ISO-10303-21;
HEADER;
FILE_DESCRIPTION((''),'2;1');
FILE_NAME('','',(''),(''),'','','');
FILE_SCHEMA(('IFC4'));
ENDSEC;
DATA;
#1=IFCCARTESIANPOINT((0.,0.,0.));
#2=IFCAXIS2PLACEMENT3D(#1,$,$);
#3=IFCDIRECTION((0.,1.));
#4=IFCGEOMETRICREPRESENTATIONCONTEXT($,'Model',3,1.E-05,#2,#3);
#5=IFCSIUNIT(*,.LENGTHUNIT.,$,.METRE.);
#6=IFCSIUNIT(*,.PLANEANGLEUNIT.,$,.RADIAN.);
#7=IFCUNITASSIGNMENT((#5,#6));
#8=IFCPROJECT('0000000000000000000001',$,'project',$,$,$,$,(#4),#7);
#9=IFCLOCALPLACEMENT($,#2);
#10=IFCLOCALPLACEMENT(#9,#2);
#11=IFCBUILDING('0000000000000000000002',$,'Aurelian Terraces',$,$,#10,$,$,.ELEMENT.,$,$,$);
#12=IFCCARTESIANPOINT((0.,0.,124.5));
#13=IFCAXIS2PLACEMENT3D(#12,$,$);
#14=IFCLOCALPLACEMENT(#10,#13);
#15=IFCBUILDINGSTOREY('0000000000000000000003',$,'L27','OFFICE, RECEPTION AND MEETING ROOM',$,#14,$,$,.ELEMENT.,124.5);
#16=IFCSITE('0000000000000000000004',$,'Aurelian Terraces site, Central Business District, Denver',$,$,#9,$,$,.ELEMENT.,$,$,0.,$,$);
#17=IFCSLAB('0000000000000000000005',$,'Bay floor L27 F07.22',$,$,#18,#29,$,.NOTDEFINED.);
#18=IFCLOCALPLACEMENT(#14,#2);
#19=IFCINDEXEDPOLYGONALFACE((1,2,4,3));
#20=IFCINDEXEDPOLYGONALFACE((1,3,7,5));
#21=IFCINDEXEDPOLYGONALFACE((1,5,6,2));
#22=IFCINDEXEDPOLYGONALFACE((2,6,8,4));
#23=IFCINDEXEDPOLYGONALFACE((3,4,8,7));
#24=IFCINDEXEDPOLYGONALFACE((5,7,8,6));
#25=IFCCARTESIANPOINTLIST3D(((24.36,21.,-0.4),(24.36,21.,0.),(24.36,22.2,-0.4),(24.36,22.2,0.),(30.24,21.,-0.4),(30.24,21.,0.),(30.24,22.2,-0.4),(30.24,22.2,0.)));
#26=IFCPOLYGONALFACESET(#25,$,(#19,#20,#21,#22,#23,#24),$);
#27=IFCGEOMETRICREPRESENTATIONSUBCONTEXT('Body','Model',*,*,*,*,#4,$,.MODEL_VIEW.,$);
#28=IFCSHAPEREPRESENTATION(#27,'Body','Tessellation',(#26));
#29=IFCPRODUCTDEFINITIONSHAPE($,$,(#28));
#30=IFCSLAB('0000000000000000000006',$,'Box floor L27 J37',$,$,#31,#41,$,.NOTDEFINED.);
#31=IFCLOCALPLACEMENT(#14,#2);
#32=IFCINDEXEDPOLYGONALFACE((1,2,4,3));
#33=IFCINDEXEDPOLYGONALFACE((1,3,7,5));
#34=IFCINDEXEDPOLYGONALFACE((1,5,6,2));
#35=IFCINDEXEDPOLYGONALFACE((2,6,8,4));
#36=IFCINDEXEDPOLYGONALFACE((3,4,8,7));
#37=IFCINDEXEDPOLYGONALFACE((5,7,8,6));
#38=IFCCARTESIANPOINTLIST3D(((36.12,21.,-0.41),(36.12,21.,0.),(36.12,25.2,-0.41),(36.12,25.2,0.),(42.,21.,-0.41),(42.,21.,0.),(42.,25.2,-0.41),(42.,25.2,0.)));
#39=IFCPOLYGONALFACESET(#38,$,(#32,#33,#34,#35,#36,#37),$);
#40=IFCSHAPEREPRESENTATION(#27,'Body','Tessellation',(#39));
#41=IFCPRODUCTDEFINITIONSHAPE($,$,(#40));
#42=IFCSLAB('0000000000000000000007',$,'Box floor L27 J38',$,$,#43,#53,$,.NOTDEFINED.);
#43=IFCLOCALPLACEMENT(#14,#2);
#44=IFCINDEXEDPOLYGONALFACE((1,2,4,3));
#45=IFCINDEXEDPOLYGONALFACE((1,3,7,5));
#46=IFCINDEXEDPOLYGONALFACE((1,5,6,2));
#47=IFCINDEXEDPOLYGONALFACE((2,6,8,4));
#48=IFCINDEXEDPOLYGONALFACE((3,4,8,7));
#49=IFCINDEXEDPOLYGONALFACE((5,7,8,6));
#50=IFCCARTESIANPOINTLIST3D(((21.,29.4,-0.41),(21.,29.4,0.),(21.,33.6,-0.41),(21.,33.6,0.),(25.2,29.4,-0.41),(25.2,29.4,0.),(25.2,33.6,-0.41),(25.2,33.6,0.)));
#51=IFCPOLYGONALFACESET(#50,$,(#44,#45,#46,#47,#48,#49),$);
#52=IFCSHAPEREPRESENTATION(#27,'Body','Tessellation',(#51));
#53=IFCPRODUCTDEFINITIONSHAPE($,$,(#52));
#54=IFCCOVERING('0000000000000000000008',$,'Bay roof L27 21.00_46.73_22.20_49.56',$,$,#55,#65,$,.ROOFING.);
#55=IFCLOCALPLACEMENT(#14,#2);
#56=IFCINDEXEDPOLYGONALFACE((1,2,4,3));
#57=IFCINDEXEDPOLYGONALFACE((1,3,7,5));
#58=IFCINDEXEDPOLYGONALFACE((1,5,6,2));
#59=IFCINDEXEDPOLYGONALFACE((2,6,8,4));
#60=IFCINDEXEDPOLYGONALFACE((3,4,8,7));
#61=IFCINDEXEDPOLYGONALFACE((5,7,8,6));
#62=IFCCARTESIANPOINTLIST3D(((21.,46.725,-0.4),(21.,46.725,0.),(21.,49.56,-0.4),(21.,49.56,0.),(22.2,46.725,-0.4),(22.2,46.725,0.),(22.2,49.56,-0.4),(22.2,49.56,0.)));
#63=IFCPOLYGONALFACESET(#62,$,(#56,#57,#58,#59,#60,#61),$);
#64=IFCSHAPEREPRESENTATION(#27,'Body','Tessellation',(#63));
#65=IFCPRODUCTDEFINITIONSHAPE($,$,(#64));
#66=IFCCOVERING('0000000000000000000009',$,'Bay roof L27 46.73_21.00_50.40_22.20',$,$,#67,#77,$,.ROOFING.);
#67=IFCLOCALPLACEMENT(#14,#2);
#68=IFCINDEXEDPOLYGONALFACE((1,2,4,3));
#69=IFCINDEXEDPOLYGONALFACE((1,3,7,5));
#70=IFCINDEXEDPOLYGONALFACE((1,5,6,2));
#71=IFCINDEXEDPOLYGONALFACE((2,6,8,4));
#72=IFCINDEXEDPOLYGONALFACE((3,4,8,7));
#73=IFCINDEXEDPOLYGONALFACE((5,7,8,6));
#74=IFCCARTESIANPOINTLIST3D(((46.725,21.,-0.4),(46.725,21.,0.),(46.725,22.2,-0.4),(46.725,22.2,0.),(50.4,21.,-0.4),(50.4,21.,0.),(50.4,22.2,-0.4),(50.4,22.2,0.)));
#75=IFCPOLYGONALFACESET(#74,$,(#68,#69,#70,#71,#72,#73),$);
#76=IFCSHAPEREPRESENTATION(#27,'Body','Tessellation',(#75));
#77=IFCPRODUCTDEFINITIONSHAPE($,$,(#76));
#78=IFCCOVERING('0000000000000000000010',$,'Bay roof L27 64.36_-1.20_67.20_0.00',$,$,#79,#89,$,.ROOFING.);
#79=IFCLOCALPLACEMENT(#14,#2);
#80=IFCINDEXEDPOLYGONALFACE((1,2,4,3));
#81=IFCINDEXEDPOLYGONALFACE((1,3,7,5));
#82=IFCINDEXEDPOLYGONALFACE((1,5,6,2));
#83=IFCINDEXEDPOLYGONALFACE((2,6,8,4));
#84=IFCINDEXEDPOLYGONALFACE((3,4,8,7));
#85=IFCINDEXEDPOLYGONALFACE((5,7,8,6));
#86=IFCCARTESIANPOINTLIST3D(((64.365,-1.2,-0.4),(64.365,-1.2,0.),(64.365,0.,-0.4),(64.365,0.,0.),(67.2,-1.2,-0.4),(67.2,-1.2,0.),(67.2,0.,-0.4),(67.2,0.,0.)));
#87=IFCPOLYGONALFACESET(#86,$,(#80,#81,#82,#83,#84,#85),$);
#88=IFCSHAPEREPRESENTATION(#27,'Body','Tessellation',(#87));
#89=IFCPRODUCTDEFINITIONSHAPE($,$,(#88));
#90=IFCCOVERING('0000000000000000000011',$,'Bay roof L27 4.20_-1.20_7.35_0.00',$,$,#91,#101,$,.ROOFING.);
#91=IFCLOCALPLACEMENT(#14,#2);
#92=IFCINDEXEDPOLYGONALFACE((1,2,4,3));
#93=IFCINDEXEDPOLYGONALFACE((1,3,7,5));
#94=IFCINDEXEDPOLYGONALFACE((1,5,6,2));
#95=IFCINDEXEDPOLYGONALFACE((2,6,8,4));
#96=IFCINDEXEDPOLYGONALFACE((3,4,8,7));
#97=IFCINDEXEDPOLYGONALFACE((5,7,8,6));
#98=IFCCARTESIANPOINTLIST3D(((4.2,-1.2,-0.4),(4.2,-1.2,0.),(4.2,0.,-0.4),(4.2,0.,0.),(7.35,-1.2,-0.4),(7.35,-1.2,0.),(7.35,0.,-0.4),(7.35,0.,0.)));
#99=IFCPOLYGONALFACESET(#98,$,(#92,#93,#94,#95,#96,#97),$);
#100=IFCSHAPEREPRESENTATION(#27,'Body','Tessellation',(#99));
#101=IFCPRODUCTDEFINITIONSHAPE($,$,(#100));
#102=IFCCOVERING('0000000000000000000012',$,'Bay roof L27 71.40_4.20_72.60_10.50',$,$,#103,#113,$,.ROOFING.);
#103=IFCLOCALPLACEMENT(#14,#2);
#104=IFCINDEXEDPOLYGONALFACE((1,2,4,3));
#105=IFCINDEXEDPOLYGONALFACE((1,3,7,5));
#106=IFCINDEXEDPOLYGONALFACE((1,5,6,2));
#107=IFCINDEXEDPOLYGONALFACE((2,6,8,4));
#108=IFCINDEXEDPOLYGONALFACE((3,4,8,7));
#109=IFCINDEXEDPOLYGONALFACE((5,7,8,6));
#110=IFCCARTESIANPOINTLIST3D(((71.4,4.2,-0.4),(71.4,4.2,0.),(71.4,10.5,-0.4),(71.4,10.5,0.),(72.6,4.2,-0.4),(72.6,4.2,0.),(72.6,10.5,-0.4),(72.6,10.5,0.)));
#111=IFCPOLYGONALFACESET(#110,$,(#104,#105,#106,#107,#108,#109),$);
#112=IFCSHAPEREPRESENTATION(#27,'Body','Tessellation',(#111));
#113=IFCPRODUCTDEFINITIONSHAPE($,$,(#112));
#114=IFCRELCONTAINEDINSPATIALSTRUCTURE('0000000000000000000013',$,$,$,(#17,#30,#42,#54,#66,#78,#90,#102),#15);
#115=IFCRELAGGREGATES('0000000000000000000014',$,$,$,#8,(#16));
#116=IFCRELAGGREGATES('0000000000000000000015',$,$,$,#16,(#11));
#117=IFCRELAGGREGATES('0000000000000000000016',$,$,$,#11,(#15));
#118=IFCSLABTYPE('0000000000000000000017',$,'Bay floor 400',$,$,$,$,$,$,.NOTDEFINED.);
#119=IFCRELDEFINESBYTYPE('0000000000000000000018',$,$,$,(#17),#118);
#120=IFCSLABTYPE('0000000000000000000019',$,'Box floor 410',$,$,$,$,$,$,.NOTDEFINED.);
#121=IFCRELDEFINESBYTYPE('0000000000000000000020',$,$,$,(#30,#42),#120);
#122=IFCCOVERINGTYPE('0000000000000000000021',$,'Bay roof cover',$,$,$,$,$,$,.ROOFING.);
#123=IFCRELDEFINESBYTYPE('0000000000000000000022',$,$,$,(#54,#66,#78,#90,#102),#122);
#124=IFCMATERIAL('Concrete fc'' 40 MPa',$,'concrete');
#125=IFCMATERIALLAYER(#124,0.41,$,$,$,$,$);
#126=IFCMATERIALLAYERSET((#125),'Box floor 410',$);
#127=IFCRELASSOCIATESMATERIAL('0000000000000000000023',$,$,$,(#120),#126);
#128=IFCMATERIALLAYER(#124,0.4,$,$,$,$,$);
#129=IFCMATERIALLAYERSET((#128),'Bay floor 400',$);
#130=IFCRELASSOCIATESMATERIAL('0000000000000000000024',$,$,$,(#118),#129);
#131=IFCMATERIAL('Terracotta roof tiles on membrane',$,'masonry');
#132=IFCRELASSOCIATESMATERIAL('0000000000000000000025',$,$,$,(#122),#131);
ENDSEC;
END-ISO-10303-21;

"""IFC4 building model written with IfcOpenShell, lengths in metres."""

from ifc_helpers import new_model, si_unit, direction, frame, origin, place, context, subcontext, project, spatial, polyline, outline, extrude, source, transform, mapped, material, layer, layer_set, type_object, element, save


model = new_model("IFC4")

# Units and contexts
model_context = context("Model", 3, precision=1e-05, world=origin(), true_north=direction((0.0, 1.0)))
body_context = subcontext(model_context, "Body", "Model", "MODEL_VIEW")
ifc_project = project(units=[si_unit("LENGTHUNIT", "METRE"), si_unit("PLANEANGLEUNIT", "RADIAN")], contexts=[model_context])

# Site, building, storey
site_placement = place(None, origin())
site = spatial("IfcSite", under=ifc_project, at=site_placement, Name="Aurelian Terraces site, Central Business District, Denver", CompositionType="ELEMENT", RefElevation=0.0)
building_placement = place(site_placement, origin())
building = spatial("IfcBuilding", under=site, at=building_placement, Name="Aurelian Terraces", CompositionType="ELEMENT")
storey_placement = place(building_placement, frame((0.0, 0.0, 124.5)))
storey = spatial("IfcBuildingStorey", under=building, at=storey_placement, Name="L27", Description="OFFICE, RECEPTION AND MEETING ROOM", CompositionType="ELEMENT", Elevation=124.5)

# Slabs
ifc_material_1 = material(Name="Concrete fc' 40 MPa", Category="concrete")
ifc_layer_1 = layer(ifc_material_1, 0.41)
ifc_layer_set_1 = layer_set([ifc_layer_1], Name="Box floor 410")
slab_type_1 = type_object("IfcSlabType", Name="Box floor 410", PredefinedType="NOTDEFINED", material=ifc_layer_set_1)
ifc_layer_2 = layer(ifc_material_1, 0.4)
ifc_layer_set_2 = layer_set([ifc_layer_2], Name="Bay floor 400")
slab_type_2 = type_object("IfcSlabType", Name="Bay floor 400", PredefinedType="NOTDEFINED", material=ifc_layer_set_2)
shared_shape_1 = source(origin(), body_context, "Body", "SweptSolid", [
    extrude(outline(polyline([(30.24, 21.0), (24.36, 21.0), (24.36, 22.2), (30.24, 22.2), (30.24, 21.0)])), origin(), (0.0, 0.0, 1.0), 0.4),
])
slab_1_placement = place(storey_placement, frame((0.0, 0.0, -0.4)))
element("IfcSlab", 1, at=slab_1_placement, inside=storey, type_object=slab_type_2, Name="Bay floor L27 F07.22", PredefinedType="NOTDEFINED", context=body_context, shape_type="MappedRepresentation", body=[
    mapped(shared_shape_1, transform((0.0, 0.0, 0.0), scale=1.0)),
])
shared_shape_2 = source(origin(), body_context, "Body", "SweptSolid", [
    extrude(outline(polyline([(42.0, 25.2), (36.12, 25.2), (36.12, 21.0), (42.0, 21.0), (42.0, 25.2)])), origin(), (0.0, 0.0, 1.0), 0.41),
])
slab_2_placement = place(storey_placement, frame((0.0, 0.0, -0.41)))
element("IfcSlab", 2, at=slab_2_placement, inside=storey, type_object=slab_type_1, Name="Box floor L27 J37", PredefinedType="NOTDEFINED", context=body_context, shape_type="MappedRepresentation", body=[
    mapped(shared_shape_2, transform((0.0, 0.0, 0.0), scale=1.0)),
])
shared_shape_3 = source(origin(), body_context, "Body", "SweptSolid", [
    extrude(outline(polyline([(25.2, 29.4), (25.2, 33.6), (21.0, 33.6), (21.0, 29.4), (25.2, 29.4)])), origin(), (0.0, 0.0, 1.0), 0.41),
])
slab_3_placement = place(storey_placement, frame((0.0, 0.0, -0.41)))
element("IfcSlab", 3, at=slab_3_placement, inside=storey, type_object=slab_type_1, Name="Box floor L27 J38", PredefinedType="NOTDEFINED", context=body_context, shape_type="MappedRepresentation", body=[
    mapped(shared_shape_3, transform((0.0, 0.0, 0.0), scale=1.0)),
])

# Coverings
ifc_material_2 = material(Name="Terracotta roof tiles on membrane", Category="masonry")
covering_type = type_object("IfcCoveringType", Name="Bay roof cover", PredefinedType="ROOFING", material=ifc_material_2)
covering_1_placement = place(storey_placement, frame((0.0, 0.0, -0.4)))
element("IfcCovering", 4, at=covering_1_placement, inside=storey, type_object=covering_type, Name="Bay roof L27 21.00_46.73_22.20_49.56", PredefinedType="ROOFING", context=body_context, shape_type="SweptSolid", body=[
    extrude(outline(polyline([(21.0, 49.56), (22.2, 49.56), (22.2, 46.725), (21.0, 46.725), (21.0, 49.56)])), origin(), (0.0, 0.0, 1.0), 0.4),
])
covering_2_placement = place(storey_placement, frame((0.0, 0.0, -0.4)))
element("IfcCovering", 5, at=covering_2_placement, inside=storey, type_object=covering_type, Name="Bay roof L27 46.73_21.00_50.40_22.20", PredefinedType="ROOFING", context=body_context, shape_type="SweptSolid", body=[
    extrude(outline(polyline([(46.725, 21.0), (46.725, 22.2), (50.4, 22.2), (50.4, 21.0), (46.725, 21.0)])), origin(), (0.0, 0.0, 1.0), 0.4),
])
covering_3_placement = place(storey_placement, frame((0.0, 0.0, -0.4)))
element("IfcCovering", 6, at=covering_3_placement, inside=storey, type_object=covering_type, Name="Bay roof L27 64.36_-1.20_67.20_0.00", PredefinedType="ROOFING", context=body_context, shape_type="SweptSolid", body=[
    extrude(outline(polyline([(67.2, 0.0), (67.2, -1.2), (64.365, -1.2), (64.365, 0.0), (67.2, 0.0)])), origin(), (0.0, 0.0, 1.0), 0.4),
])
shared_shape_4 = source(origin(), body_context, "Body", "SweptSolid", [
    extrude(outline(polyline([(7.35, 0.0), (7.35, -1.2), (4.2, -1.2), (4.2, 0.0), (7.35, 0.0)])), origin(), (0.0, 0.0, 1.0), 0.4),
])
covering_4_placement = place(storey_placement, frame((0.0, 0.0, -0.4)))
element("IfcCovering", 7, at=covering_4_placement, inside=storey, type_object=covering_type, Name="Bay roof L27 4.20_-1.20_7.35_0.00", PredefinedType="ROOFING", context=body_context, shape_type="MappedRepresentation", body=[
    mapped(shared_shape_4, transform((0.0, 0.0, 0.0), scale=1.0)),
])
shared_shape_5 = source(origin(), body_context, "Body", "SweptSolid", [
    extrude(outline(polyline([(71.4, 10.5), (72.6, 10.5), (72.6, 4.2), (71.4, 4.2), (71.4, 10.5)])), origin(), (0.0, 0.0, 1.0), 0.4),
])
covering_5_placement = place(storey_placement, frame((0.0, 0.0, -0.4)))
element("IfcCovering", 8, at=covering_5_placement, inside=storey, type_object=covering_type, Name="Bay roof L27 71.40_4.20_72.60_10.50", PredefinedType="ROOFING", context=body_context, shape_type="MappedRepresentation", body=[
    mapped(shared_shape_5, transform((0.0, 0.0, 0.0), scale=1.0)),
])

save(model, "model.ifc")
